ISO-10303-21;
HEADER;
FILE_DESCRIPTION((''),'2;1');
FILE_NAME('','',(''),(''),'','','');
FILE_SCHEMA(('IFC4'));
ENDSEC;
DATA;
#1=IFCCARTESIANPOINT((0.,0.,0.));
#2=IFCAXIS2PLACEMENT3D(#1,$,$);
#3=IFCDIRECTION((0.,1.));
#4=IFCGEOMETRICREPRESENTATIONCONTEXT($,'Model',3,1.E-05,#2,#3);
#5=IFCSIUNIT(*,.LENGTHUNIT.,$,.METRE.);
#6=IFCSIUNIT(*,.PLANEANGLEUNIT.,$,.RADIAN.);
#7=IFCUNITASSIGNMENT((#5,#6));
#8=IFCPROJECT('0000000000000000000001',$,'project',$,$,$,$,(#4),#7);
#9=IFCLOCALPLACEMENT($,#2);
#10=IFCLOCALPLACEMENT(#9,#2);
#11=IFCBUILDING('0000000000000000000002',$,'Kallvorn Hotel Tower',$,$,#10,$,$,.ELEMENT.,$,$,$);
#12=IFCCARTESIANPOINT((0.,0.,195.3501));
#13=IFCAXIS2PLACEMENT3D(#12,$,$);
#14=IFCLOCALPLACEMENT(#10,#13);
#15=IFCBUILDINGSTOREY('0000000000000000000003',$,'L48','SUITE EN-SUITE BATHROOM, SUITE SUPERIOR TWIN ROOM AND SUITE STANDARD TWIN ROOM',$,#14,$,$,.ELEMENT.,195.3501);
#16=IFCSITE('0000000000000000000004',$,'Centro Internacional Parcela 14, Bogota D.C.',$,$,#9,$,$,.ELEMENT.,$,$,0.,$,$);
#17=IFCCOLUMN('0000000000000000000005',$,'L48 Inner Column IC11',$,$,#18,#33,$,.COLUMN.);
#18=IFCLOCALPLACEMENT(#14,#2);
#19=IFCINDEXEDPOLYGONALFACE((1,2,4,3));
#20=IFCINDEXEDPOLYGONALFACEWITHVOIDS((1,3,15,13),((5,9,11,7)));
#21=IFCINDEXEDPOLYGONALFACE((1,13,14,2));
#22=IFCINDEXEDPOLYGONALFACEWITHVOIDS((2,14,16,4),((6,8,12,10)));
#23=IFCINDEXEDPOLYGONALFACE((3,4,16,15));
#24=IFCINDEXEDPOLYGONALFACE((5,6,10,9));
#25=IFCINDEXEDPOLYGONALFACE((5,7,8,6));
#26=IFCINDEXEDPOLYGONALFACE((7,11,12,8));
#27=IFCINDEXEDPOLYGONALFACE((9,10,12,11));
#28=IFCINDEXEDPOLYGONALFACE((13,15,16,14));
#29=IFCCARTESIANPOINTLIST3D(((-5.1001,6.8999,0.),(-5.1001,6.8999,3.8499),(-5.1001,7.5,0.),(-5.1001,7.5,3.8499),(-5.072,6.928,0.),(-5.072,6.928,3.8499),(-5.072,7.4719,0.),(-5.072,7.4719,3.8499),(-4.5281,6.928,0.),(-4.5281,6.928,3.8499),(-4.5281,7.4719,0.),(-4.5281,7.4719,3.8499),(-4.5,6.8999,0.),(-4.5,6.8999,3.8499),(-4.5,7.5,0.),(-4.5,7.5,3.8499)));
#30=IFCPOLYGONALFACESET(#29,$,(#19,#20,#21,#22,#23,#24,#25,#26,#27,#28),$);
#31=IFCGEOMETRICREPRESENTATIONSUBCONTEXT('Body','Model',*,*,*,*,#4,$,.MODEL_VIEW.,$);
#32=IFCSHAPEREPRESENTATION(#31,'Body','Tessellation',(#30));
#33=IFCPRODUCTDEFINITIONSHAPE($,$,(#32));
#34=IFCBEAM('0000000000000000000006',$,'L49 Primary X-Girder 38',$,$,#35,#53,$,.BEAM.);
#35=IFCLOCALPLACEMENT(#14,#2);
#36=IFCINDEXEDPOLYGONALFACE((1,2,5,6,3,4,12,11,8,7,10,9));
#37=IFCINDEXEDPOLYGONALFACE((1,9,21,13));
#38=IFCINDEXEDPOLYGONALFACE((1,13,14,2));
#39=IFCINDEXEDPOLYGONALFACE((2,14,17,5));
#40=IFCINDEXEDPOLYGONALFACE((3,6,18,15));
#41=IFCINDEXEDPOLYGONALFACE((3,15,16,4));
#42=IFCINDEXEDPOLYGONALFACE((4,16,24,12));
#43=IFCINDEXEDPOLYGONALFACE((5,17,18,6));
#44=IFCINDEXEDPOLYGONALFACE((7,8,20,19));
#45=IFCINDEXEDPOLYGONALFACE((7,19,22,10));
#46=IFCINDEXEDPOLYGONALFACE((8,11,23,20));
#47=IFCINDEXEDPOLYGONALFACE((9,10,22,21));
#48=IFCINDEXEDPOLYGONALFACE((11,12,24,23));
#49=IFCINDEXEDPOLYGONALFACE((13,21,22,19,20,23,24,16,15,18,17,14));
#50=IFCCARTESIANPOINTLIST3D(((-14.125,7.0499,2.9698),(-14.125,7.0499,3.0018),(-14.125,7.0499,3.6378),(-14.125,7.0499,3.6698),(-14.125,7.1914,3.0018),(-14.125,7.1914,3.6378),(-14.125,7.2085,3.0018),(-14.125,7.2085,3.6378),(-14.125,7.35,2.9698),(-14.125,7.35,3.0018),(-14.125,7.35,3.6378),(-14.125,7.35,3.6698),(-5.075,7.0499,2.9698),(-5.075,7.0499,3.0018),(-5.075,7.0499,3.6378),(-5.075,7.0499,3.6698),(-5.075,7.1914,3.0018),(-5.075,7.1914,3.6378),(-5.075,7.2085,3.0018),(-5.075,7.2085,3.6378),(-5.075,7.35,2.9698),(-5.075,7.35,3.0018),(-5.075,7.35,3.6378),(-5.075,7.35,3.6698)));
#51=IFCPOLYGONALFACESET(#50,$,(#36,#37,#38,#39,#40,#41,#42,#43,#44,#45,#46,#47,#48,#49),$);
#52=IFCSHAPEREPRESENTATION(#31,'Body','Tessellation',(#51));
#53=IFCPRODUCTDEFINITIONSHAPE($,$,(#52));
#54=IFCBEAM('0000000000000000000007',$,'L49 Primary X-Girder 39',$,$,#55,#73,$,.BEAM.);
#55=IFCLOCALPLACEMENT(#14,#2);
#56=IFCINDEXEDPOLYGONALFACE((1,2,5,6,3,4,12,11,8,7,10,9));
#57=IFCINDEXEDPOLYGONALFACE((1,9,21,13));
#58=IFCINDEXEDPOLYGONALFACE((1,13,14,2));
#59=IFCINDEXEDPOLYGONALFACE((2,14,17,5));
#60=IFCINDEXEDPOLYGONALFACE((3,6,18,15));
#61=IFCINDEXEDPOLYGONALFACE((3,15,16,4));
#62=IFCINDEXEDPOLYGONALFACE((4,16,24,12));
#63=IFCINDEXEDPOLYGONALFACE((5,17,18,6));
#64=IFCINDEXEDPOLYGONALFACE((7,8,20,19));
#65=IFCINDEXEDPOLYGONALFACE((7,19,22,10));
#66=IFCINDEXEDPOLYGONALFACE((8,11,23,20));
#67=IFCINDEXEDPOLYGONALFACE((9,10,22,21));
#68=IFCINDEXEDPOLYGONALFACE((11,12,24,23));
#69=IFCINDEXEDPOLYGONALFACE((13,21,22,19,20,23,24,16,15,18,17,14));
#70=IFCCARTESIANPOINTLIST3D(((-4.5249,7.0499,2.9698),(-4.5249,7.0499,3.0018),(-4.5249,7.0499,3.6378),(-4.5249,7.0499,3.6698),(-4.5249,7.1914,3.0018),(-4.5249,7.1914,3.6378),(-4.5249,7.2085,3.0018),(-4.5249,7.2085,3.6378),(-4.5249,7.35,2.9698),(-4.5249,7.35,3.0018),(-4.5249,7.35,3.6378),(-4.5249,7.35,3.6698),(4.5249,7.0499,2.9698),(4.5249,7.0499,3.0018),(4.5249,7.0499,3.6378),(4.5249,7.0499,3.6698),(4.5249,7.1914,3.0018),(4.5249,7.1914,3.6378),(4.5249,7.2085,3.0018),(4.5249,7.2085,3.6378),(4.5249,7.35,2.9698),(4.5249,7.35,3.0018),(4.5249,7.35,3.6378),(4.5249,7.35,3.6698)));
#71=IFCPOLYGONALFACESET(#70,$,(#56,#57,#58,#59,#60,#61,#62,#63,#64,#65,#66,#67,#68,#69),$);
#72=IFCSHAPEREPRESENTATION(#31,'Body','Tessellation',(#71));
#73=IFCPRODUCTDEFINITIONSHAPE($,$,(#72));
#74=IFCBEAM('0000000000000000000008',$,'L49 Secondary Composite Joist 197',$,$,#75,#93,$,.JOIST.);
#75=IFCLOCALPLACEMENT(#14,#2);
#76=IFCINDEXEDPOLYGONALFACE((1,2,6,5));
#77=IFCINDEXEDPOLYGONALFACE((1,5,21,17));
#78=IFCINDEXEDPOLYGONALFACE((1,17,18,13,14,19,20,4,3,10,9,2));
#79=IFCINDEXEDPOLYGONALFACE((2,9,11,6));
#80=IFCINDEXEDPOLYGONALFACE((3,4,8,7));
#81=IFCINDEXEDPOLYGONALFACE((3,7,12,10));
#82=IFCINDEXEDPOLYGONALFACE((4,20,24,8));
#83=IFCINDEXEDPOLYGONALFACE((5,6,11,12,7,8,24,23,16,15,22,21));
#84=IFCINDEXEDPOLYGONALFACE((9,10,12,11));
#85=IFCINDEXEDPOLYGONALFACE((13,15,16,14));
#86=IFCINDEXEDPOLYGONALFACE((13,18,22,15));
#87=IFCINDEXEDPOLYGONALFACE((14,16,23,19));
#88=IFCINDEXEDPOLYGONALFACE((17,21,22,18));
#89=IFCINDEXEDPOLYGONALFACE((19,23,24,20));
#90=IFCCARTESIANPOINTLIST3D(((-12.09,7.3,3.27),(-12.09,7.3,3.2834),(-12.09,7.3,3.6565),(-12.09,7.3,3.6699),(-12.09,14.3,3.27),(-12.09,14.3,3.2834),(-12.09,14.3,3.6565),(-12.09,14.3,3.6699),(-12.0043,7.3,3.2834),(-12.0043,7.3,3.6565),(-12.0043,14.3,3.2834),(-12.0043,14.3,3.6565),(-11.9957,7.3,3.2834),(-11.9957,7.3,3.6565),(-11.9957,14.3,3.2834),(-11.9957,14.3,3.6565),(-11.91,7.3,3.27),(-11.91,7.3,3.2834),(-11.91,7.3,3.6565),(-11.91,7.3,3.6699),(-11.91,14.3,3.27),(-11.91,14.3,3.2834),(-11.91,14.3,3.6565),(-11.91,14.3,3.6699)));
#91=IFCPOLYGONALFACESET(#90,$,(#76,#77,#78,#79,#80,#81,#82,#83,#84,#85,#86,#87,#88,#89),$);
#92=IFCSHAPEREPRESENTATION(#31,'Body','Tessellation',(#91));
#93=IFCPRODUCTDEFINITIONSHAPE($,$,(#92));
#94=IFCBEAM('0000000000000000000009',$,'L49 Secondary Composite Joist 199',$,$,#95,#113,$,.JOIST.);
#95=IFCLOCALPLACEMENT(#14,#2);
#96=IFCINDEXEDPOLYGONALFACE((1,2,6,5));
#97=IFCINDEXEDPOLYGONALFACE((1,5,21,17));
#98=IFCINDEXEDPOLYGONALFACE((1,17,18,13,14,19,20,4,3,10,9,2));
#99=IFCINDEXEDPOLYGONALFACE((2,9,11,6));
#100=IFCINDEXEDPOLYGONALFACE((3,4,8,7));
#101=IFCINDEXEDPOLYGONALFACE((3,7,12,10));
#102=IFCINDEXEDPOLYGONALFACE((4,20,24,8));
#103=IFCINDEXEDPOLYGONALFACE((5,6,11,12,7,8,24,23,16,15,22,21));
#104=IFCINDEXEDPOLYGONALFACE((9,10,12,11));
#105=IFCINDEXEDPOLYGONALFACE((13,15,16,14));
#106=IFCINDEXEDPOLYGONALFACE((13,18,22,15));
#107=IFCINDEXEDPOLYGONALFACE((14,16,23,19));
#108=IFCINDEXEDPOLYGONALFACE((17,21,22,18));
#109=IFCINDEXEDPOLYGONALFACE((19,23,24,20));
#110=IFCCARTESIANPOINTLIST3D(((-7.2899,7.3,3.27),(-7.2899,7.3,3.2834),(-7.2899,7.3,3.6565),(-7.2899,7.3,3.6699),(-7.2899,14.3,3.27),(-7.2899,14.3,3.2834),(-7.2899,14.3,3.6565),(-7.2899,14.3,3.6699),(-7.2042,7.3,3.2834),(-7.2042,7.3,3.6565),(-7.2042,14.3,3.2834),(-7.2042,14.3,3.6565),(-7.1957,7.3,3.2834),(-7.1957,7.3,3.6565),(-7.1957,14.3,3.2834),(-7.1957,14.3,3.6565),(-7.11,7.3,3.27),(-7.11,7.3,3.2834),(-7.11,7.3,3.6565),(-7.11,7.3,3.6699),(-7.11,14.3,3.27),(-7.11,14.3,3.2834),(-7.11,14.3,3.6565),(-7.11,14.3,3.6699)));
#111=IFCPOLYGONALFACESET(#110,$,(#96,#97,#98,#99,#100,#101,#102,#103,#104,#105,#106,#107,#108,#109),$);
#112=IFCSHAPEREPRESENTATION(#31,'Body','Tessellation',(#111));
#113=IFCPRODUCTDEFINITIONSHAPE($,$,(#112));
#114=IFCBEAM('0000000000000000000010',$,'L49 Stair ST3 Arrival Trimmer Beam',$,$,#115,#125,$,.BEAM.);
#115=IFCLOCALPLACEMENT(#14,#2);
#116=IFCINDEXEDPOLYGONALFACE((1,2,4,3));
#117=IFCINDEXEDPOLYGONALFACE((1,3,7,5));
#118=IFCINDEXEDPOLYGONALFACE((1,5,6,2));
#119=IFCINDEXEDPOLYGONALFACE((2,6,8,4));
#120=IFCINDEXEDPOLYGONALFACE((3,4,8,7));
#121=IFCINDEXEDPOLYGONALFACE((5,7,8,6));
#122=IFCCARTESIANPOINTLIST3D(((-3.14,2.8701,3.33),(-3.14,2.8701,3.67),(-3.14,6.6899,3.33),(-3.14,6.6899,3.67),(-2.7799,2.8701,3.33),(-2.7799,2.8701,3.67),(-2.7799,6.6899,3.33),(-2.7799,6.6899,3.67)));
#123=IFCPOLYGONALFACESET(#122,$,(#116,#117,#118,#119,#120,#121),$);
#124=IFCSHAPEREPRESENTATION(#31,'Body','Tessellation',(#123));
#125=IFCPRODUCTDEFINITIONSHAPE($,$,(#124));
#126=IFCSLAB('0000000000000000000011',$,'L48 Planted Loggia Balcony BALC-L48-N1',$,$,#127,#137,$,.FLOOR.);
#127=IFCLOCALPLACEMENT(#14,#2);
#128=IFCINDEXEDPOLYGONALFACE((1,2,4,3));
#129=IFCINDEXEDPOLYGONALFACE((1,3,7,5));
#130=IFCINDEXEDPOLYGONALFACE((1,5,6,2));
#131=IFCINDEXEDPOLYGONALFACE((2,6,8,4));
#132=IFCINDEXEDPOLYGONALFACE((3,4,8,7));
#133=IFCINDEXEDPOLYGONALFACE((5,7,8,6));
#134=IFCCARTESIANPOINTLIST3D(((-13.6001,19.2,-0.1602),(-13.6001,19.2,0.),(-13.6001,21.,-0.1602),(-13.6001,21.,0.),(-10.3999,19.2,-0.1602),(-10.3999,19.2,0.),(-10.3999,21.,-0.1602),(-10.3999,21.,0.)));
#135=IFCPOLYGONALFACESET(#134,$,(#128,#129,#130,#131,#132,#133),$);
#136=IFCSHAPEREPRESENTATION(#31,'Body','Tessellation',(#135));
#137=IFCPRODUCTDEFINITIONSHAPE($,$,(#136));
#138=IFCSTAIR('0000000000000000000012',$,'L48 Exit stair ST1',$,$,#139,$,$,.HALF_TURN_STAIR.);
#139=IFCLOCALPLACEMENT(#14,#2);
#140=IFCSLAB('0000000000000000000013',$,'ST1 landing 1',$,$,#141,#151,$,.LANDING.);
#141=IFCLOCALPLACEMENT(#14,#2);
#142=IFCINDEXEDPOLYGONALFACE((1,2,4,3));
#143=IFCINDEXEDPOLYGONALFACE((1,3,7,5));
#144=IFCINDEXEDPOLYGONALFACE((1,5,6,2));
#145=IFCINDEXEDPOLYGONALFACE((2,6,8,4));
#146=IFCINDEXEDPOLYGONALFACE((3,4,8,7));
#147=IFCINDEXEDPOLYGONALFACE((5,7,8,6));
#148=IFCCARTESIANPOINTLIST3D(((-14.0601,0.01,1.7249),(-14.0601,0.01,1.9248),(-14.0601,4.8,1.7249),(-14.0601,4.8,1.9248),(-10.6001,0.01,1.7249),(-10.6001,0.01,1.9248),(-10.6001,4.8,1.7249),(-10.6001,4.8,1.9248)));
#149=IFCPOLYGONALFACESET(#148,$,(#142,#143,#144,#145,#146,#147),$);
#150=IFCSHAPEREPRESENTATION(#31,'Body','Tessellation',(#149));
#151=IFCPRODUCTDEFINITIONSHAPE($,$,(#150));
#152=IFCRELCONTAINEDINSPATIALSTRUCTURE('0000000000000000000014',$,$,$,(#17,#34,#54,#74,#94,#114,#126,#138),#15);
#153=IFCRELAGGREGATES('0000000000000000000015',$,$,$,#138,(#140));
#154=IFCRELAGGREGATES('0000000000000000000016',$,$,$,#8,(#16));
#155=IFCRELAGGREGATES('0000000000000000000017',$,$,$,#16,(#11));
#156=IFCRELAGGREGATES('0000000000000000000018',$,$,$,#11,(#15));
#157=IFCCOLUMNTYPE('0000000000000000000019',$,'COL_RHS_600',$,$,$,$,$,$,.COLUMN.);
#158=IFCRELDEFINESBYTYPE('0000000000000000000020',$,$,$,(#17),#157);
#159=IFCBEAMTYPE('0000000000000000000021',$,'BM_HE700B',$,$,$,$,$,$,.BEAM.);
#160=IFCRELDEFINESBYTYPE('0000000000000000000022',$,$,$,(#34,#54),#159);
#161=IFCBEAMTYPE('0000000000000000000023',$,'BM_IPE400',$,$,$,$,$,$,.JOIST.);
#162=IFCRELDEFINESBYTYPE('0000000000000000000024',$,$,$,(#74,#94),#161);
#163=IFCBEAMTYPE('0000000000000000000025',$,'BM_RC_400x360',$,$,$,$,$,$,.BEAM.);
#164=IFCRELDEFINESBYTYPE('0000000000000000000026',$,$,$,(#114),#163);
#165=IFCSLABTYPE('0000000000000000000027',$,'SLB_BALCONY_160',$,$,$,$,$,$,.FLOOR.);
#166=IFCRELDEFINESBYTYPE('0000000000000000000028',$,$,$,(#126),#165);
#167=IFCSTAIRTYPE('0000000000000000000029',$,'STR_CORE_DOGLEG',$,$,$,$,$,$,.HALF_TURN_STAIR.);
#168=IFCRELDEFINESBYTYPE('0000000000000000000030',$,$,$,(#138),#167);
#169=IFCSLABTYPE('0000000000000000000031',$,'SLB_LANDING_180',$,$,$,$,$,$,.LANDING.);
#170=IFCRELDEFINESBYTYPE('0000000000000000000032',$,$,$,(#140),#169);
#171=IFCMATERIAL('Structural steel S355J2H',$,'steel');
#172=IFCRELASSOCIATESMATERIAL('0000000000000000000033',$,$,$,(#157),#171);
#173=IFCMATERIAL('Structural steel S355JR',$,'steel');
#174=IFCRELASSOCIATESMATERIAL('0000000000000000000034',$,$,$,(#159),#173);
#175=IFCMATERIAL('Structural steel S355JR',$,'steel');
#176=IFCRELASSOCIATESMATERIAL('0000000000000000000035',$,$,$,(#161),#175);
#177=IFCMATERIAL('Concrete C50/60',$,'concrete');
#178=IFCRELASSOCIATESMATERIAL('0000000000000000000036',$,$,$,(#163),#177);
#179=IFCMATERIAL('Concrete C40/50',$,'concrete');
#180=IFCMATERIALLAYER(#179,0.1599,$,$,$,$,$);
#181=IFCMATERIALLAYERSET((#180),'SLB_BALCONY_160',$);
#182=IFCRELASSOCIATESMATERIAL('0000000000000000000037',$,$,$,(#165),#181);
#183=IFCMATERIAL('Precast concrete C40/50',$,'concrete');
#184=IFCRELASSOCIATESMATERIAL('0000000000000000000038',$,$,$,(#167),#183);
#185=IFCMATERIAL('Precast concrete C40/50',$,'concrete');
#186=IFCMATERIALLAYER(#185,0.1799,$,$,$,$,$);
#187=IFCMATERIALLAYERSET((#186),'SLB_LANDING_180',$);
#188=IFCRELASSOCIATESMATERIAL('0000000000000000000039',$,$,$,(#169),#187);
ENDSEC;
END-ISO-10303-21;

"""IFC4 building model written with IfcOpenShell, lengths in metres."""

from ifc_helpers import new_model, si_unit, direction, frame, origin, origin_2d, place, context, subcontext, project, spatial, polyline, rectangle, hollow_rectangle, i_section, outline, extrude, material, layer, layer_set, material_profile, profile_set, type_object, element, aggregate, save


model = new_model("IFC4")

# Units and contexts
model_context = context("Model", 3, precision=1e-05, world=origin(), true_north=direction((0.0, 1.0)))
body_context = subcontext(model_context, "Body", "Model", "MODEL_VIEW")
ifc_project = project(units=[si_unit("LENGTHUNIT", "METRE"), si_unit("PLANEANGLEUNIT", "RADIAN")], contexts=[model_context])

# Site, building, storey
site_placement = place(None, origin())
site = spatial("IfcSite", under=ifc_project, at=site_placement, Name="Centro Internacional Parcela 14, Bogota D.C.", CompositionType="ELEMENT", RefElevation=0.0)
building_placement = place(site_placement, origin())
building = spatial("IfcBuilding", under=site, at=building_placement, Name="Kallvorn Hotel Tower", CompositionType="ELEMENT")
storey_placement = place(building_placement, frame((0.0, 0.0, 195.3501)))
storey = spatial("IfcBuildingStorey", under=building, at=storey_placement, Name="L48", Description="SUITE EN-SUITE BATHROOM, SUITE SUPERIOR TWIN ROOM AND SUITE STANDARD TWIN ROOM", CompositionType="ELEMENT", Elevation=195.3501)

# Column
ifc_material_1 = material(Name="Structural steel S355J2H", Category="steel")
ifc_material_profile_1 = material_profile(ifc_material_1, hollow_rectangle(XDim=0.6001, YDim=0.6001, WallThickness=0.0281, at=origin_2d()), Name="RHS 600x600x28")
ifc_profile_set_1 = profile_set([ifc_material_profile_1], Name="Structural steel S355J2H")
column_type = type_object("IfcColumnType", Name="COL_RHS_600", PredefinedType="COLUMN", material=ifc_profile_set_1)
column_placement = place(storey_placement, frame((-4.8, 7.2, 0.0), z_axis=(0.0, 0.0, 1.0), x_axis=(1.0, 0.0, 0.0)))
element("IfcColumn", 1, at=column_placement, inside=storey, type_object=column_type, Name="L48 Inner Column IC11", PredefinedType="COLUMN", context=body_context, shape_type="SweptSolid", body=[
    extrude(hollow_rectangle(XDim=0.6001, YDim=0.6001, WallThickness=0.0281, at=origin_2d()), origin(), (0.0, 0.0, 1.0), 3.8499),
])

# Beams
ifc_material_2 = material(Name="Structural steel S355JR", Category="steel")
ifc_material_profile_2 = material_profile(ifc_material_2, i_section(OverallWidth=0.3, OverallDepth=0.7, WebThickness=0.0171, FlangeThickness=0.032, at=origin_2d()), Name="HE 700 B")
ifc_profile_set_2 = profile_set([ifc_material_profile_2], Name="Structural steel S355JR")
beam_type_1 = type_object("IfcBeamType", Name="BM_HE700B", PredefinedType="BEAM", material=ifc_profile_set_2)
beam_1_placement = place(storey_placement, frame((-14.125, 7.2, 3.3198), z_axis=(1.0, 0.0, 0.0), x_axis=(0.0, 1.0, 0.0)))
element("IfcBeam", 2, at=beam_1_placement, inside=storey, type_object=beam_type_1, Name="L49 Primary X-Girder 38", PredefinedType="BEAM", context=body_context, shape_type="SweptSolid", body=[
    extrude(i_section(OverallWidth=0.3, OverallDepth=0.7, WebThickness=0.0171, FlangeThickness=0.032, at=origin_2d()), origin(), (0.0, 0.0, 1.0), 9.05),
])
beam_2_placement = place(storey_placement, frame((-4.5249, 7.2, 3.3198), z_axis=(1.0, 0.0, 0.0), x_axis=(0.0, 1.0, 0.0)))
element("IfcBeam", 3, at=beam_2_placement, inside=storey, type_object=beam_type_1, Name="L49 Primary X-Girder 39", PredefinedType="BEAM", context=body_context, shape_type="SweptSolid", body=[
    extrude(i_section(OverallWidth=0.3, OverallDepth=0.7, WebThickness=0.0171, FlangeThickness=0.032, at=origin_2d()), origin(), (0.0, 0.0, 1.0), 9.0498),
])
ifc_material_3 = material(Name="Structural steel S355JR", Category="steel")
ifc_material_profile_3 = material_profile(ifc_material_3, i_section(OverallWidth=0.1799, OverallDepth=0.3999, WebThickness=0.0085, FlangeThickness=0.0134, at=origin_2d()), Name="IPE 400")
ifc_profile_set_3 = profile_set([ifc_material_profile_3], Name="Structural steel S355JR")
beam_type_2 = type_object("IfcBeamType", Name="BM_IPE400", PredefinedType="JOIST", material=ifc_profile_set_3)
for number, where, z_axis, x_axis, name in (
    (4, (-12.0, 7.3, 3.47), (0.0, 1.0, 0.0), (-1.0, 0.0, 0.0), "L49 Secondary Composite Joist 197"),
    (5, (-7.2, 7.3, 3.47), (0.0, 1.0, 0.0), (-1.0, 0.0, 0.0), "L49 Secondary Composite Joist 199"),
):
    element("IfcBeam", number, at=place(storey_placement, frame(where, z_axis=z_axis, x_axis=x_axis)), inside=storey, type_object=beam_type_2, Name=name, PredefinedType="JOIST", context=body_context, shape_type="SweptSolid", body=[
        extrude(i_section(OverallWidth=0.1799, OverallDepth=0.3999, WebThickness=0.0085, FlangeThickness=0.0134, at=origin_2d()), origin(), (0.0, 0.0, 1.0), 7.0),
    ])
ifc_material_4 = material(Name="Concrete C50/60", Category="concrete")
ifc_material_profile_4 = material_profile(ifc_material_4, rectangle(XDim=0.3601, YDim=0.3401, at=origin_2d()), Name="RC 360x340")
ifc_profile_set_4 = profile_set([ifc_material_profile_4], Name="Concrete C50/60")
beam_type_3 = type_object("IfcBeamType", Name="BM_RC_400x360", PredefinedType="BEAM", material=ifc_profile_set_4)
beam_3_placement = place(storey_placement, frame((-2.96, 2.8701, 3.5), z_axis=(0.0, 1.0, 0.0), x_axis=(-1.0, 0.0, 0.0)))
element("IfcBeam", 6, at=beam_3_placement, inside=storey, type_object=beam_type_3, Name="L49 Stair ST3 Arrival Trimmer Beam", PredefinedType="BEAM", context=body_context, shape_type="SweptSolid", body=[
    extrude(rectangle(XDim=0.3601, YDim=0.3401, at=origin_2d()), origin(), (0.0, 0.0, 1.0), 3.8198),
])

# Slab
ifc_material_5 = material(Name="Concrete C40/50", Category="concrete")
ifc_layer_1 = layer(ifc_material_5, 0.1599)
ifc_layer_set_1 = layer_set([ifc_layer_1], Name="SLB_BALCONY_160")
slab_type_1 = type_object("IfcSlabType", Name="SLB_BALCONY_160", PredefinedType="FLOOR", material=ifc_layer_set_1)
slab_1_placement = place(storey_placement, frame((0.0, 0.0, -0.1602)))
element("IfcSlab", 7, at=slab_1_placement, inside=storey, type_object=slab_type_1, Name="L48 Planted Loggia Balcony BALC-L48-N1", PredefinedType="FLOOR", context=body_context, shape_type="SweptSolid", body=[
    extrude(outline(polyline([(-13.6001, 19.2), (-10.3999, 19.2), (-10.3999, 21.0), (-13.6001, 21.0), (-13.6001, 19.2)])), origin(), (0.0, 0.0, 1.0), 0.1602),
])

# Stair, slab
ifc_material_6 = material(Name="Precast concrete C40/50", Category="concrete")
stair_type = type_object("IfcStairType", Name="STR_CORE_DOGLEG", PredefinedType="HALF_TURN_STAIR", material=ifc_material_6)
stair_1_placement = place(storey_placement, origin())
stair_1 = element("IfcStair", 8, at=stair_1_placement, inside=storey, type_object=stair_type, Name="L48 Exit stair ST1", PredefinedType="HALF_TURN_STAIR")
ifc_material_7 = material(Name="Precast concrete C40/50", Category="concrete")
ifc_layer_2 = layer(ifc_material_7, 0.1799)
ifc_layer_set_2 = layer_set([ifc_layer_2], Name="SLB_LANDING_180")
slab_type_2 = type_object("IfcSlabType", Name="SLB_LANDING_180", PredefinedType="LANDING", material=ifc_layer_set_2)
slab_2_placement = place(storey_placement, frame((0.0, 0.0, 1.7249)))
slab_2 = element("IfcSlab", 9, at=slab_2_placement, type_object=slab_type_2, Name="ST1 landing 1", PredefinedType="LANDING", context=body_context, shape_type="SweptSolid", body=[
    extrude(outline(polyline([(-10.6001, 0.01), (-10.6001, 4.8), (-14.0601, 4.8), (-14.0601, 0.01), (-10.6001, 0.01)])), origin(), (0.0, 0.0, 1.0), 0.2),
])

aggregate(stair_1, [slab_2])

save(model, "model.ifc")
